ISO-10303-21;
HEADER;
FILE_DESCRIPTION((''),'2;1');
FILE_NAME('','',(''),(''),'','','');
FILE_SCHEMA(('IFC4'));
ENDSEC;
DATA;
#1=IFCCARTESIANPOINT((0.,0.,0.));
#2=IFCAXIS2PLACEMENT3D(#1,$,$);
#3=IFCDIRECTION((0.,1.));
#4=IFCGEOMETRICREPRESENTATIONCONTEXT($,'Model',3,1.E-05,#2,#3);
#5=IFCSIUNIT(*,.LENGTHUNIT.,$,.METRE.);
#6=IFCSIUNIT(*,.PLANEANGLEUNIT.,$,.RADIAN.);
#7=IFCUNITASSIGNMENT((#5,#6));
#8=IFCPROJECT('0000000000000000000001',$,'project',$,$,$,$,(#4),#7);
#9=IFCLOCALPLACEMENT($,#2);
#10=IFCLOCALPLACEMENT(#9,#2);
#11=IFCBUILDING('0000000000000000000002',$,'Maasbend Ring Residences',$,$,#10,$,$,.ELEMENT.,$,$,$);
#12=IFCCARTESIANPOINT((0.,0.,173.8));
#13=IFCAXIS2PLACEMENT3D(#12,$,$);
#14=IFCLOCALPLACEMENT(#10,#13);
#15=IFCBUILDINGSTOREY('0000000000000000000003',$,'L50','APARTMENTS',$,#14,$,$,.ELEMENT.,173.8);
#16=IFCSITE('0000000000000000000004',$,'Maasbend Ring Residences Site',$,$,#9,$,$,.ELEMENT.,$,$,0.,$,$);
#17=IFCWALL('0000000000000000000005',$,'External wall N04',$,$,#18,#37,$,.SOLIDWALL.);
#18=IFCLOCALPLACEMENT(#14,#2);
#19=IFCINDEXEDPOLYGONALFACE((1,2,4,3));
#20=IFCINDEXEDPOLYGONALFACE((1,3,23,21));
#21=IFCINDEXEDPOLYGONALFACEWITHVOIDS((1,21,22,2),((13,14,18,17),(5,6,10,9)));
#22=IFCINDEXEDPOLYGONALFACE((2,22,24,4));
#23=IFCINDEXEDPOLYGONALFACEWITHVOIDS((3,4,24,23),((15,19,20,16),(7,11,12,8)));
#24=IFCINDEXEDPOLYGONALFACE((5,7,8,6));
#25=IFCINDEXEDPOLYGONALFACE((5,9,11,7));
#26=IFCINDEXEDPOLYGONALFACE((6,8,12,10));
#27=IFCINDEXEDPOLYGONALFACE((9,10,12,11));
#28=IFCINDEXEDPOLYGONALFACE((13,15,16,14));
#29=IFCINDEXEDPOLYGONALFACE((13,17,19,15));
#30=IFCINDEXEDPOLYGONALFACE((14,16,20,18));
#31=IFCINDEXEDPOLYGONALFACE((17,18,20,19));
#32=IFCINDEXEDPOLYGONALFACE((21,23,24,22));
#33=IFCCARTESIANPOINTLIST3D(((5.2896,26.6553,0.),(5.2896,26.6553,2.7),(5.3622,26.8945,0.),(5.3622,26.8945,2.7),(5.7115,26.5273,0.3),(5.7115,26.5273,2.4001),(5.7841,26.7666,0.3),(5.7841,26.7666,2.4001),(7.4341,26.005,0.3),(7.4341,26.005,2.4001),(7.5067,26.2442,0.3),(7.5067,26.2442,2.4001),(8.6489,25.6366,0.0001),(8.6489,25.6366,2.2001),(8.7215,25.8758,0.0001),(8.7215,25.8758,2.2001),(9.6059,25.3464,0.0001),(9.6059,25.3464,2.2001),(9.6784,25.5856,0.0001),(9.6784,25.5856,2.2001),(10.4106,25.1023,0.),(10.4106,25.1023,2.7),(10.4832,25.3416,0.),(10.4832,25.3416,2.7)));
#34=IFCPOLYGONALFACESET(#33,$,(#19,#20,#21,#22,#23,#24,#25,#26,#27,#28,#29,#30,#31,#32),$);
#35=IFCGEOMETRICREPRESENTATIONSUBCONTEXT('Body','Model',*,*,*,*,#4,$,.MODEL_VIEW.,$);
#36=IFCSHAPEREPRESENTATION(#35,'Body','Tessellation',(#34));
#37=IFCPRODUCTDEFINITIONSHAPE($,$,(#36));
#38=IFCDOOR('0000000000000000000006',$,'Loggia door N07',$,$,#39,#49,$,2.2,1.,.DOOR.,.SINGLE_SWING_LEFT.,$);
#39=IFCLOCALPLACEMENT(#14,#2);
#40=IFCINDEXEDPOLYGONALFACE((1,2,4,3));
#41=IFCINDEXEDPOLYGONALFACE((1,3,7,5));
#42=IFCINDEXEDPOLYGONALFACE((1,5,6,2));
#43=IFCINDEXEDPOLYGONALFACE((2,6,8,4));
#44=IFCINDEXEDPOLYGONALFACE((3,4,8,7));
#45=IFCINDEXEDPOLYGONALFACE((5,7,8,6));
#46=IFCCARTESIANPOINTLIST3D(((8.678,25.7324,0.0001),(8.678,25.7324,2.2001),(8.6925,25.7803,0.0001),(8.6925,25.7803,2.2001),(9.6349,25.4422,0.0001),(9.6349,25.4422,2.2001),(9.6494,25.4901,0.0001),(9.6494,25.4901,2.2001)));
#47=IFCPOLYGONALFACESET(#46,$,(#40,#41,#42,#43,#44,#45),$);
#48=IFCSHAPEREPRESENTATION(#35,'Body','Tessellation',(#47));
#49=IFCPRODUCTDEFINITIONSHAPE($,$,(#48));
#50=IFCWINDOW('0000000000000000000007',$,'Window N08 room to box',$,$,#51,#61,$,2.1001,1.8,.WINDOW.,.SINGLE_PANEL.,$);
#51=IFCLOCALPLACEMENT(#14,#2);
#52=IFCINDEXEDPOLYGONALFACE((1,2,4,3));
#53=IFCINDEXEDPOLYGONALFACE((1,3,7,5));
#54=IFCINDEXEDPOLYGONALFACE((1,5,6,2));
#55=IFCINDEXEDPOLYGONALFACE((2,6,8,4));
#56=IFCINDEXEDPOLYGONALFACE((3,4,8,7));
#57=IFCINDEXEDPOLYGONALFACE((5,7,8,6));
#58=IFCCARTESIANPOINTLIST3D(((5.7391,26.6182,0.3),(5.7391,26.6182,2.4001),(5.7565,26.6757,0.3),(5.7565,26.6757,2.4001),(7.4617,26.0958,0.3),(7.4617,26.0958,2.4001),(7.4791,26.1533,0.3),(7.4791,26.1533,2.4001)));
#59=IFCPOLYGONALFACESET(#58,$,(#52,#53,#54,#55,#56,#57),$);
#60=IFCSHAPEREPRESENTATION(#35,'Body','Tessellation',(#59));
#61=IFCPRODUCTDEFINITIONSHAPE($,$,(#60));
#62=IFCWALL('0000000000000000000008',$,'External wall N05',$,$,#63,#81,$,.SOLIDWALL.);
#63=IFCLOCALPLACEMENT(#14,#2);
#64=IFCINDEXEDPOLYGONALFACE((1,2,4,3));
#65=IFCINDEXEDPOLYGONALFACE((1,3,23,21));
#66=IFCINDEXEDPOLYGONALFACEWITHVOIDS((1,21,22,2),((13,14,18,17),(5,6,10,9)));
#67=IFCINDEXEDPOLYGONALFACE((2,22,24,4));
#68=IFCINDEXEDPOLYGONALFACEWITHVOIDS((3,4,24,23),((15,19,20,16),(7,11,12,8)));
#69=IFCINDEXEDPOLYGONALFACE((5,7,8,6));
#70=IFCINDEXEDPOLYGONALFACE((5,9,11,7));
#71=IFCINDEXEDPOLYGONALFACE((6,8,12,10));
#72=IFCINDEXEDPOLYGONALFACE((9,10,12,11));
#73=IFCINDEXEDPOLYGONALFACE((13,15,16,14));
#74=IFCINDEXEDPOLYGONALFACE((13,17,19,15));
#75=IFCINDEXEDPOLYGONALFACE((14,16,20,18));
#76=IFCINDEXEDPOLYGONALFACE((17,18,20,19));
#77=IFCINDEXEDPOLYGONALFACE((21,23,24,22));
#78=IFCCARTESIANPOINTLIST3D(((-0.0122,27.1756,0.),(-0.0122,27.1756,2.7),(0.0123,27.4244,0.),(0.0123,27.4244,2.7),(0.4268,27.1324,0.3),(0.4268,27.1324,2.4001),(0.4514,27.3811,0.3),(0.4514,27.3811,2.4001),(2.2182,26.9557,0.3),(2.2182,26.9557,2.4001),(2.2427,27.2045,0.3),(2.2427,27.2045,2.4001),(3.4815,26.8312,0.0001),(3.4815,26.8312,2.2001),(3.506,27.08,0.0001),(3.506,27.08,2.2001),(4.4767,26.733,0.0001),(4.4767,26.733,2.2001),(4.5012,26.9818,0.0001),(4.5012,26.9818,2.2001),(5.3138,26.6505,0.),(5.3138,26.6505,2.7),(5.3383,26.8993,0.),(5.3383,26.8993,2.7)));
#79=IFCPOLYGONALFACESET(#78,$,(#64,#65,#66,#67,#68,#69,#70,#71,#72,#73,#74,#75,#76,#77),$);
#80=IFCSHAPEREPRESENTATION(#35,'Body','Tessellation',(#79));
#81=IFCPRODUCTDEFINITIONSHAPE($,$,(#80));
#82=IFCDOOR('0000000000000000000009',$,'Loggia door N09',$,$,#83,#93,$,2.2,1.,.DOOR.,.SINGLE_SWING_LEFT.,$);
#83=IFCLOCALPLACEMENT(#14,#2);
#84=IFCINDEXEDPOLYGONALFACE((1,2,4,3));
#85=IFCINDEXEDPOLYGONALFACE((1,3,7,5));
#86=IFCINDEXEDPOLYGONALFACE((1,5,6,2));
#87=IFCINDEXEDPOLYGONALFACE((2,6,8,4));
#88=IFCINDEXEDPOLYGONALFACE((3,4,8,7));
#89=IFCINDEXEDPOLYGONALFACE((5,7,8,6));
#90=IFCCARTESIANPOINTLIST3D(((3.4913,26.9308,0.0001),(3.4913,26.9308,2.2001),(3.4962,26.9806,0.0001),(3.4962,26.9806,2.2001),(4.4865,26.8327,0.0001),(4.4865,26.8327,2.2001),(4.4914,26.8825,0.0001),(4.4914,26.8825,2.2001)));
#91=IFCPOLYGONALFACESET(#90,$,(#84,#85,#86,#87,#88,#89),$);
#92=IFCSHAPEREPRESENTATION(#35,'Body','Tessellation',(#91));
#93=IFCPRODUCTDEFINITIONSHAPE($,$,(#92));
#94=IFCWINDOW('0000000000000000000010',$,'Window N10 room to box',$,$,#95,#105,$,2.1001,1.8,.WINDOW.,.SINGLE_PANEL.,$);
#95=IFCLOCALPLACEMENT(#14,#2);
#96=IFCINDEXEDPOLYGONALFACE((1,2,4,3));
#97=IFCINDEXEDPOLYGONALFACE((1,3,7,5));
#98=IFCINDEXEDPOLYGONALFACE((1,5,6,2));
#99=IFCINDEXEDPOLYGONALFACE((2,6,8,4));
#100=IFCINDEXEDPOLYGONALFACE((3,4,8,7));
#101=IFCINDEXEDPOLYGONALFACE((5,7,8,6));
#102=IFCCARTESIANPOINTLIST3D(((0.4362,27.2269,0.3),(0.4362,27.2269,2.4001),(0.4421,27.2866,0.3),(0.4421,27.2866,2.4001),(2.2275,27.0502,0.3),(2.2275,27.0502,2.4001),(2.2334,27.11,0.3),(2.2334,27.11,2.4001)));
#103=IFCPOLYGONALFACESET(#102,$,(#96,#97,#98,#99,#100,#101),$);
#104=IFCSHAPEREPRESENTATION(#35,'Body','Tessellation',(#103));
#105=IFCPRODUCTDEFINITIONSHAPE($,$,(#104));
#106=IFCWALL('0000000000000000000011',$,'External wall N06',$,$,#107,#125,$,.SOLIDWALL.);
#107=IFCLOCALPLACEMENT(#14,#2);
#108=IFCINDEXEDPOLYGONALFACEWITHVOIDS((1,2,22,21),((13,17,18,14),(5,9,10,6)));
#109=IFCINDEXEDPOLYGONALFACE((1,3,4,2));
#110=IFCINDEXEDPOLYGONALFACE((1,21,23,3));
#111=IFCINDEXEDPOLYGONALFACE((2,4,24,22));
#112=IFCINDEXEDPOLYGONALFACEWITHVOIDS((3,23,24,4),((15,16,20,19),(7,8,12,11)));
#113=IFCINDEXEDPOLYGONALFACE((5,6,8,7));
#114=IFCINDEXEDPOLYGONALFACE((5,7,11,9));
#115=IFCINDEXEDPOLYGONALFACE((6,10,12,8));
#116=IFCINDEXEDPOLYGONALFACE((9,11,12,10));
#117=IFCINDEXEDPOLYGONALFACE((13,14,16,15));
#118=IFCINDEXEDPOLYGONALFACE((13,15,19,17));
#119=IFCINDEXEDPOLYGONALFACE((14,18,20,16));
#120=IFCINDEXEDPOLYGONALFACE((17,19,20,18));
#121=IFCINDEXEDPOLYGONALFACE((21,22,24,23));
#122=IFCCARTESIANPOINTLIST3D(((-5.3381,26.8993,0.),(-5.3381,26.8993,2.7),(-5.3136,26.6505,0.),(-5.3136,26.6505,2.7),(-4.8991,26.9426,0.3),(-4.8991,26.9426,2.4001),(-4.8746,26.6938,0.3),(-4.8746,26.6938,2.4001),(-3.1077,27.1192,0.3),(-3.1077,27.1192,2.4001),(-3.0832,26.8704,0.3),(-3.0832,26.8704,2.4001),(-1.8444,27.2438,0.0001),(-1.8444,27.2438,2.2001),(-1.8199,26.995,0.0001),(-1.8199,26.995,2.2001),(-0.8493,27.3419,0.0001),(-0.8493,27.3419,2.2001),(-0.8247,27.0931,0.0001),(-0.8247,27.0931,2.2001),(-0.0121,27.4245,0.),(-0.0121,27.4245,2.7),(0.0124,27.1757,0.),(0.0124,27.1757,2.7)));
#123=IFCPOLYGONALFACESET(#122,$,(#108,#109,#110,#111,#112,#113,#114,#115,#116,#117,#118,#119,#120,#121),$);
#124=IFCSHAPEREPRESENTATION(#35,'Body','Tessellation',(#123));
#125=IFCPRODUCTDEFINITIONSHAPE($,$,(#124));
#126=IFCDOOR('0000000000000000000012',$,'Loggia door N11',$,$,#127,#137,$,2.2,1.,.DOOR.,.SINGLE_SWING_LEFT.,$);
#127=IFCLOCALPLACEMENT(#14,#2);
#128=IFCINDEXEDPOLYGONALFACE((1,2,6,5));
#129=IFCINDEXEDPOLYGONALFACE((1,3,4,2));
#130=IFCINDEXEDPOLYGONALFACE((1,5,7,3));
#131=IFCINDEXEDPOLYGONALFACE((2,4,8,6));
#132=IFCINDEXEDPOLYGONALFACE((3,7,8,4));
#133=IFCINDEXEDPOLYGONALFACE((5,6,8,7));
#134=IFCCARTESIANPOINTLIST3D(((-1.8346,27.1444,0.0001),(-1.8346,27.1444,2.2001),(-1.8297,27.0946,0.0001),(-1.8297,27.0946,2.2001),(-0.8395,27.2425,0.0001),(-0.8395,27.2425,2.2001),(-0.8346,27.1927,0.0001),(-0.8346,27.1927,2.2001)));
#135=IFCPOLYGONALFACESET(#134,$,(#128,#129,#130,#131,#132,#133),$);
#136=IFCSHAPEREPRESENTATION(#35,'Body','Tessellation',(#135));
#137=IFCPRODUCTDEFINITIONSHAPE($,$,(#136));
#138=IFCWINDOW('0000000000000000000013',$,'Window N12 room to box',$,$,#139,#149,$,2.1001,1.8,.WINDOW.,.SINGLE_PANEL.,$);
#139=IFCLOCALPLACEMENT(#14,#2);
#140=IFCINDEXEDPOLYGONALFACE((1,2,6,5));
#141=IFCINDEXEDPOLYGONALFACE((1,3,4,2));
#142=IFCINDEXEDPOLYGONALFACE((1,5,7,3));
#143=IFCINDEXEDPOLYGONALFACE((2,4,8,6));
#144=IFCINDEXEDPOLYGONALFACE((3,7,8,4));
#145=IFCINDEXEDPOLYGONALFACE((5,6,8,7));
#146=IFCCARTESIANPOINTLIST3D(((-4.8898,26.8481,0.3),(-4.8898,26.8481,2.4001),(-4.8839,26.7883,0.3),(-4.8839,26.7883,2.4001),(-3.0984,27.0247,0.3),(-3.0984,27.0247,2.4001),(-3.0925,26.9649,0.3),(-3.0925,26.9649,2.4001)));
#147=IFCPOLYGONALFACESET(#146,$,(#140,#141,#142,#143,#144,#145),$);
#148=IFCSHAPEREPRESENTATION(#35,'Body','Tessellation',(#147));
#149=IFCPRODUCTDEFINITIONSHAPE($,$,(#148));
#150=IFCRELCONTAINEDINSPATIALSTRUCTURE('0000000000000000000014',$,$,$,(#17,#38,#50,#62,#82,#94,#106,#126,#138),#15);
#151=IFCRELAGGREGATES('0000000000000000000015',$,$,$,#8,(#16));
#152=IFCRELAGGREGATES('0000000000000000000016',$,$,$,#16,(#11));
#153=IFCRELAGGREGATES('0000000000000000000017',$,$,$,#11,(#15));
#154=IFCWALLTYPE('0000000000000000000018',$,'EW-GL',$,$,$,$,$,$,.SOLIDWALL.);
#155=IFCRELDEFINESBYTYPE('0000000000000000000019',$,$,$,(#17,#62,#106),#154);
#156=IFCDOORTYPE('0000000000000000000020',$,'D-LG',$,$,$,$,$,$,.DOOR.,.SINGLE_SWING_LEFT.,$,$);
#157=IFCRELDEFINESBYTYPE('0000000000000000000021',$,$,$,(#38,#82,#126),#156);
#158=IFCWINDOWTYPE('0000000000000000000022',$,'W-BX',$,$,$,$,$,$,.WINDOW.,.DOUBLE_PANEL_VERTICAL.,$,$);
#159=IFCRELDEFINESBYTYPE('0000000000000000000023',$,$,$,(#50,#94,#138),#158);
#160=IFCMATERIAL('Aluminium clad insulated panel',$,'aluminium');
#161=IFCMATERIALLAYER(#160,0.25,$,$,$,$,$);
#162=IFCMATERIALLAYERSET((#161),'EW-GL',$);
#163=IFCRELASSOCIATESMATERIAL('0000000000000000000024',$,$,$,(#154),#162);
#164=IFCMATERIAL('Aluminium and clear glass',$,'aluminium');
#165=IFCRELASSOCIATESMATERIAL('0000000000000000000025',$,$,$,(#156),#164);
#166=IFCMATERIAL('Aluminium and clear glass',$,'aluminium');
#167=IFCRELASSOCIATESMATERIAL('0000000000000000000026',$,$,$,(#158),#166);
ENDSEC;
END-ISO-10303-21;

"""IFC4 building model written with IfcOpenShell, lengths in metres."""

from ifc_helpers import new_model, si_unit, direction, frame, frame_2d, origin, place, context, subcontext, project, spatial, rectangle, extrude, material, layer, layer_set, type_object, element, fill, save


model = new_model("IFC4")

# Units and contexts
model_context = context("Model", 3, precision=1e-05, world=origin(), true_north=direction((0.0, 1.0)))
body_context = subcontext(model_context, "Body", "Model", "MODEL_VIEW")
ifc_project = project(units=[si_unit("LENGTHUNIT", "METRE"), si_unit("PLANEANGLEUNIT", "RADIAN")], contexts=[model_context])

# Site, building, storey
site_placement = place(None, origin())
site = spatial("IfcSite", under=ifc_project, at=site_placement, Name="Maasbend Ring Residences Site", CompositionType="ELEMENT", RefElevation=0.0)
building_placement = place(site_placement, origin())
building = spatial("IfcBuilding", under=site, at=building_placement, Name="Maasbend Ring Residences", CompositionType="ELEMENT")
storey_placement = place(building_placement, frame((0.0, 0.0, 173.8)))
storey = spatial("IfcBuildingStorey", under=building, at=storey_placement, Name="L50", Description="APARTMENTS", CompositionType="ELEMENT", Elevation=173.8)

# Walls, openings, doors, windows
ifc_material_1 = material(Name="Aluminium clad insulated panel", Category="aluminium")
ifc_layer_1 = layer(ifc_material_1, 0.25)
ifc_layer_set_1 = layer_set([ifc_layer_1], Name="EW-GL")
wall_type_1 = type_object("IfcWallType", Name="EW-GL", PredefinedType="SOLIDWALL", material=ifc_layer_set_1)
wall_1_placement = place(storey_placement, frame((10.447, 25.2219, 0.0), z_axis=(0.0, 0.0, 1.0), x_axis=(-0.956966, 0.290201, 0.0)))
wall_1 = element("IfcWall", 1, at=wall_1_placement, inside=storey, type_object=wall_type_1, Name="External wall N04", PredefinedType="SOLIDWALL", context=body_context, shape_type="SweptSolid", body=[
    extrude(rectangle(XDim=5.3513, YDim=0.25, at=frame_2d((2.6758, 0.0))), origin(), (0.0, 0.0, 1.0), 2.7),
])
opening_1_placement = place(wall_1_placement, frame((0.8411, 0.0, 0.0)))
opening_1 = element("IfcOpeningElement", 2, at=opening_1_placement, cuts=wall_1, PredefinedType="OPENING", context=body_context, shape_type="SweptSolid", body=[
    extrude(rectangle(XDim=1.0, YDim=2.2, at=frame_2d((0.5, 1.1001))), frame((0.0, 0.135, 0.0), z_axis=(0.0, -1.0, 0.0), x_axis=(1.0, 0.0, 0.0)), (0.0, 0.0, 1.0), 0.27),
])
opening_2_placement = place(wall_1_placement, frame((3.1106, 0.0, 0.3)))
opening_2 = element("IfcOpeningElement", 3, at=opening_2_placement, cuts=wall_1, PredefinedType="OPENING", context=body_context, shape_type="SweptSolid", body=[
    extrude(rectangle(XDim=1.8, YDim=2.1001, at=frame_2d((0.8999, 1.05))), frame((0.0, 0.135, 0.0), z_axis=(0.0, -1.0, 0.0), x_axis=(1.0, 0.0, 0.0)), (0.0, 0.0, 1.0), 0.27),
])
ifc_material_2 = material(Name="Aluminium and clear glass", Category="aluminium")
door_type_1 = type_object("IfcDoorType", Name="D-LG", OperationType="SINGLE_SWING_LEFT", PredefinedType="DOOR", material=ifc_material_2)
door_1_placement = place(opening_1_placement, origin())
door_1 = element("IfcDoor", 4, at=door_1_placement, inside=storey, type_object=door_type_1, Name="Loggia door N07", OperationType="SINGLE_SWING_LEFT", OverallHeight=2.2, OverallWidth=1.0, PredefinedType="DOOR", context=body_context, shape_type="SweptSolid", body=[
    extrude(rectangle(XDim=1.0, YDim=2.2, at=frame_2d((0.5, 1.1001))), frame((0.0, 0.0249, 0.0), z_axis=(0.0, -1.0, 0.0), x_axis=(1.0, 0.0, 0.0)), (0.0, 0.0, 1.0), 0.05),
])
fill(opening_1, door_1)
ifc_material_3 = material(Name="Aluminium and clear glass", Category="aluminium")
window_type_1 = type_object("IfcWindowType", Name="W-BX", PartitioningType="DOUBLE_PANEL_VERTICAL", PredefinedType="WINDOW", material=ifc_material_3)
window_1_placement = place(opening_2_placement, origin())
window_1 = element("IfcWindow", 5, at=window_1_placement, inside=storey, type_object=window_type_1, Name="Window N08 room to box", OverallHeight=2.1001, OverallWidth=1.8, PartitioningType="SINGLE_PANEL", PredefinedType="WINDOW", context=body_context, shape_type="SweptSolid", body=[
    extrude(rectangle(XDim=1.8, YDim=2.1001, at=frame_2d((0.8999, 1.05))), frame((0.0, 0.03, 0.0), z_axis=(0.0, -1.0, 0.0), x_axis=(1.0, 0.0, 0.0)), (0.0, 0.0, 1.0), 0.0601),
])
fill(opening_2, window_1)
wall_2_placement = place(storey_placement, frame((5.3259, 26.7749, 0.0), z_axis=(0.0, 0.0, 1.0), x_axis=(-0.995174, 0.098126, 0.0)))
wall_2 = element("IfcWall", 6, at=wall_2_placement, inside=storey, type_object=wall_type_1, Name="External wall N05", PredefinedType="SOLIDWALL", context=body_context, shape_type="SweptSolid", body=[
    extrude(rectangle(XDim=5.3518, YDim=0.25, at=frame_2d((2.6758, 0.0))), origin(), (0.0, 0.0, 1.0), 2.7),
])
opening_3_placement = place(wall_2_placement, frame((0.8411, 0.0, 0.0)))
opening_3 = element("IfcOpeningElement", 7, at=opening_3_placement, cuts=wall_2, PredefinedType="OPENING", context=body_context, shape_type="SweptSolid", body=[
    extrude(rectangle(XDim=1.0, YDim=2.2, at=frame_2d((0.5, 1.1001))), frame((0.0, 0.135, 0.0), z_axis=(0.0, -1.0, 0.0), x_axis=(1.0, 0.0, 0.0)), (0.0, 0.0, 1.0), 0.27),
])
opening_4_placement = place(wall_2_placement, frame((3.1106, 0.0, 0.3)))
opening_4 = element("IfcOpeningElement", 8, at=opening_4_placement, cuts=wall_2, PredefinedType="OPENING", context=body_context, shape_type="SweptSolid", body=[
    extrude(rectangle(XDim=1.8, YDim=2.1001, at=frame_2d((0.8999, 1.05))), frame((0.0, 0.135, 0.0), z_axis=(0.0, -1.0, 0.0), x_axis=(1.0, 0.0, 0.0)), (0.0, 0.0, 1.0), 0.27),
])
door_2_placement = place(opening_3_placement, origin())
door_2 = element("IfcDoor", 9, at=door_2_placement, inside=storey, type_object=door_type_1, Name="Loggia door N09", OperationType="SINGLE_SWING_LEFT", OverallHeight=2.2, OverallWidth=1.0, PredefinedType="DOOR", context=body_context, shape_type="SweptSolid", body=[
    extrude(rectangle(XDim=1.0, YDim=2.2, at=frame_2d((0.5, 1.1001))), frame((0.0, 0.0249, 0.0), z_axis=(0.0, -1.0, 0.0), x_axis=(1.0, 0.0, 0.0)), (0.0, 0.0, 1.0), 0.05),
])
fill(opening_3, door_2)
window_2_placement = place(opening_4_placement, origin())
window_2 = element("IfcWindow", 10, at=window_2_placement, inside=storey, type_object=window_type_1, Name="Window N10 room to box", OverallHeight=2.1001, OverallWidth=1.8, PartitioningType="SINGLE_PANEL", PredefinedType="WINDOW", context=body_context, shape_type="SweptSolid", body=[
    extrude(rectangle(XDim=1.8, YDim=2.1001, at=frame_2d((0.8999, 1.05))), frame((0.0, 0.03, 0.0), z_axis=(0.0, -1.0, 0.0), x_axis=(1.0, 0.0, 0.0)), (0.0, 0.0, 1.0), 0.0601),
])
fill(opening_4, window_2)
wall_3_placement = place(storey_placement, frame((0.0, 27.3, 0.0), z_axis=(0.0, 0.0, 1.0), x_axis=(-0.995174, -0.098126, 0.0)))
wall_3 = element("IfcWall", 11, at=wall_3_placement, inside=storey, type_object=wall_type_1, Name="External wall N06", PredefinedType="SOLIDWALL", context=body_context, shape_type="SweptSolid", body=[
    extrude(rectangle(XDim=5.3518, YDim=0.25, at=frame_2d((2.6758, 0.0))), origin(), (0.0, 0.0, 1.0), 2.7),
])
opening_5_placement = place(wall_3_placement, frame((0.8411, 0.0, 0.0)))
opening_5 = element("IfcOpeningElement", 12, at=opening_5_placement, cuts=wall_3, PredefinedType="OPENING", context=body_context, shape_type="SweptSolid", body=[
    extrude(rectangle(XDim=1.0, YDim=2.2, at=frame_2d((0.5, 1.1001))), frame((0.0, 0.135, 0.0), z_axis=(0.0, -1.0, 0.0), x_axis=(1.0, 0.0, 0.0)), (0.0, 0.0, 1.0), 0.27),
])
opening_6_placement = place(wall_3_placement, frame((3.1106, 0.0, 0.3)))
opening_6 = element("IfcOpeningElement", 13, at=opening_6_placement, cuts=wall_3, PredefinedType="OPENING", context=body_context, shape_type="SweptSolid", body=[
    extrude(rectangle(XDim=1.8, YDim=2.1001, at=frame_2d((0.8999, 1.05))), frame((0.0, 0.135, 0.0), z_axis=(0.0, -1.0, 0.0), x_axis=(1.0, 0.0, 0.0)), (0.0, 0.0, 1.0), 0.27),
])
door_3_placement = place(opening_5_placement, origin())
door_3 = element("IfcDoor", 14, at=door_3_placement, inside=storey, type_object=door_type_1, Name="Loggia door N11", OperationType="SINGLE_SWING_LEFT", OverallHeight=2.2, OverallWidth=1.0, PredefinedType="DOOR", context=body_context, shape_type="SweptSolid", body=[
    extrude(rectangle(XDim=1.0, YDim=2.2, at=frame_2d((0.5, 1.1001))), frame((0.0, 0.0249, 0.0), z_axis=(0.0, -1.0, 0.0), x_axis=(1.0, 0.0, 0.0)), (0.0, 0.0, 1.0), 0.05),
])
fill(opening_5, door_3)
window_3_placement = place(opening_6_placement, origin())
window_3 = element("IfcWindow", 15, at=window_3_placement, inside=storey, type_object=window_type_1, Name="Window N12 room to box", OverallHeight=2.1001, OverallWidth=1.8, PartitioningType="SINGLE_PANEL", PredefinedType="WINDOW", context=body_context, shape_type="SweptSolid", body=[
    extrude(rectangle(XDim=1.8, YDim=2.1001, at=frame_2d((0.8999, 1.05))), frame((0.0, 0.03, 0.0), z_axis=(0.0, -1.0, 0.0), x_axis=(1.0, 0.0, 0.0)), (0.0, 0.0, 1.0), 0.0601),
])
fill(opening_6, window_3)

save(model, "model.ifc")
